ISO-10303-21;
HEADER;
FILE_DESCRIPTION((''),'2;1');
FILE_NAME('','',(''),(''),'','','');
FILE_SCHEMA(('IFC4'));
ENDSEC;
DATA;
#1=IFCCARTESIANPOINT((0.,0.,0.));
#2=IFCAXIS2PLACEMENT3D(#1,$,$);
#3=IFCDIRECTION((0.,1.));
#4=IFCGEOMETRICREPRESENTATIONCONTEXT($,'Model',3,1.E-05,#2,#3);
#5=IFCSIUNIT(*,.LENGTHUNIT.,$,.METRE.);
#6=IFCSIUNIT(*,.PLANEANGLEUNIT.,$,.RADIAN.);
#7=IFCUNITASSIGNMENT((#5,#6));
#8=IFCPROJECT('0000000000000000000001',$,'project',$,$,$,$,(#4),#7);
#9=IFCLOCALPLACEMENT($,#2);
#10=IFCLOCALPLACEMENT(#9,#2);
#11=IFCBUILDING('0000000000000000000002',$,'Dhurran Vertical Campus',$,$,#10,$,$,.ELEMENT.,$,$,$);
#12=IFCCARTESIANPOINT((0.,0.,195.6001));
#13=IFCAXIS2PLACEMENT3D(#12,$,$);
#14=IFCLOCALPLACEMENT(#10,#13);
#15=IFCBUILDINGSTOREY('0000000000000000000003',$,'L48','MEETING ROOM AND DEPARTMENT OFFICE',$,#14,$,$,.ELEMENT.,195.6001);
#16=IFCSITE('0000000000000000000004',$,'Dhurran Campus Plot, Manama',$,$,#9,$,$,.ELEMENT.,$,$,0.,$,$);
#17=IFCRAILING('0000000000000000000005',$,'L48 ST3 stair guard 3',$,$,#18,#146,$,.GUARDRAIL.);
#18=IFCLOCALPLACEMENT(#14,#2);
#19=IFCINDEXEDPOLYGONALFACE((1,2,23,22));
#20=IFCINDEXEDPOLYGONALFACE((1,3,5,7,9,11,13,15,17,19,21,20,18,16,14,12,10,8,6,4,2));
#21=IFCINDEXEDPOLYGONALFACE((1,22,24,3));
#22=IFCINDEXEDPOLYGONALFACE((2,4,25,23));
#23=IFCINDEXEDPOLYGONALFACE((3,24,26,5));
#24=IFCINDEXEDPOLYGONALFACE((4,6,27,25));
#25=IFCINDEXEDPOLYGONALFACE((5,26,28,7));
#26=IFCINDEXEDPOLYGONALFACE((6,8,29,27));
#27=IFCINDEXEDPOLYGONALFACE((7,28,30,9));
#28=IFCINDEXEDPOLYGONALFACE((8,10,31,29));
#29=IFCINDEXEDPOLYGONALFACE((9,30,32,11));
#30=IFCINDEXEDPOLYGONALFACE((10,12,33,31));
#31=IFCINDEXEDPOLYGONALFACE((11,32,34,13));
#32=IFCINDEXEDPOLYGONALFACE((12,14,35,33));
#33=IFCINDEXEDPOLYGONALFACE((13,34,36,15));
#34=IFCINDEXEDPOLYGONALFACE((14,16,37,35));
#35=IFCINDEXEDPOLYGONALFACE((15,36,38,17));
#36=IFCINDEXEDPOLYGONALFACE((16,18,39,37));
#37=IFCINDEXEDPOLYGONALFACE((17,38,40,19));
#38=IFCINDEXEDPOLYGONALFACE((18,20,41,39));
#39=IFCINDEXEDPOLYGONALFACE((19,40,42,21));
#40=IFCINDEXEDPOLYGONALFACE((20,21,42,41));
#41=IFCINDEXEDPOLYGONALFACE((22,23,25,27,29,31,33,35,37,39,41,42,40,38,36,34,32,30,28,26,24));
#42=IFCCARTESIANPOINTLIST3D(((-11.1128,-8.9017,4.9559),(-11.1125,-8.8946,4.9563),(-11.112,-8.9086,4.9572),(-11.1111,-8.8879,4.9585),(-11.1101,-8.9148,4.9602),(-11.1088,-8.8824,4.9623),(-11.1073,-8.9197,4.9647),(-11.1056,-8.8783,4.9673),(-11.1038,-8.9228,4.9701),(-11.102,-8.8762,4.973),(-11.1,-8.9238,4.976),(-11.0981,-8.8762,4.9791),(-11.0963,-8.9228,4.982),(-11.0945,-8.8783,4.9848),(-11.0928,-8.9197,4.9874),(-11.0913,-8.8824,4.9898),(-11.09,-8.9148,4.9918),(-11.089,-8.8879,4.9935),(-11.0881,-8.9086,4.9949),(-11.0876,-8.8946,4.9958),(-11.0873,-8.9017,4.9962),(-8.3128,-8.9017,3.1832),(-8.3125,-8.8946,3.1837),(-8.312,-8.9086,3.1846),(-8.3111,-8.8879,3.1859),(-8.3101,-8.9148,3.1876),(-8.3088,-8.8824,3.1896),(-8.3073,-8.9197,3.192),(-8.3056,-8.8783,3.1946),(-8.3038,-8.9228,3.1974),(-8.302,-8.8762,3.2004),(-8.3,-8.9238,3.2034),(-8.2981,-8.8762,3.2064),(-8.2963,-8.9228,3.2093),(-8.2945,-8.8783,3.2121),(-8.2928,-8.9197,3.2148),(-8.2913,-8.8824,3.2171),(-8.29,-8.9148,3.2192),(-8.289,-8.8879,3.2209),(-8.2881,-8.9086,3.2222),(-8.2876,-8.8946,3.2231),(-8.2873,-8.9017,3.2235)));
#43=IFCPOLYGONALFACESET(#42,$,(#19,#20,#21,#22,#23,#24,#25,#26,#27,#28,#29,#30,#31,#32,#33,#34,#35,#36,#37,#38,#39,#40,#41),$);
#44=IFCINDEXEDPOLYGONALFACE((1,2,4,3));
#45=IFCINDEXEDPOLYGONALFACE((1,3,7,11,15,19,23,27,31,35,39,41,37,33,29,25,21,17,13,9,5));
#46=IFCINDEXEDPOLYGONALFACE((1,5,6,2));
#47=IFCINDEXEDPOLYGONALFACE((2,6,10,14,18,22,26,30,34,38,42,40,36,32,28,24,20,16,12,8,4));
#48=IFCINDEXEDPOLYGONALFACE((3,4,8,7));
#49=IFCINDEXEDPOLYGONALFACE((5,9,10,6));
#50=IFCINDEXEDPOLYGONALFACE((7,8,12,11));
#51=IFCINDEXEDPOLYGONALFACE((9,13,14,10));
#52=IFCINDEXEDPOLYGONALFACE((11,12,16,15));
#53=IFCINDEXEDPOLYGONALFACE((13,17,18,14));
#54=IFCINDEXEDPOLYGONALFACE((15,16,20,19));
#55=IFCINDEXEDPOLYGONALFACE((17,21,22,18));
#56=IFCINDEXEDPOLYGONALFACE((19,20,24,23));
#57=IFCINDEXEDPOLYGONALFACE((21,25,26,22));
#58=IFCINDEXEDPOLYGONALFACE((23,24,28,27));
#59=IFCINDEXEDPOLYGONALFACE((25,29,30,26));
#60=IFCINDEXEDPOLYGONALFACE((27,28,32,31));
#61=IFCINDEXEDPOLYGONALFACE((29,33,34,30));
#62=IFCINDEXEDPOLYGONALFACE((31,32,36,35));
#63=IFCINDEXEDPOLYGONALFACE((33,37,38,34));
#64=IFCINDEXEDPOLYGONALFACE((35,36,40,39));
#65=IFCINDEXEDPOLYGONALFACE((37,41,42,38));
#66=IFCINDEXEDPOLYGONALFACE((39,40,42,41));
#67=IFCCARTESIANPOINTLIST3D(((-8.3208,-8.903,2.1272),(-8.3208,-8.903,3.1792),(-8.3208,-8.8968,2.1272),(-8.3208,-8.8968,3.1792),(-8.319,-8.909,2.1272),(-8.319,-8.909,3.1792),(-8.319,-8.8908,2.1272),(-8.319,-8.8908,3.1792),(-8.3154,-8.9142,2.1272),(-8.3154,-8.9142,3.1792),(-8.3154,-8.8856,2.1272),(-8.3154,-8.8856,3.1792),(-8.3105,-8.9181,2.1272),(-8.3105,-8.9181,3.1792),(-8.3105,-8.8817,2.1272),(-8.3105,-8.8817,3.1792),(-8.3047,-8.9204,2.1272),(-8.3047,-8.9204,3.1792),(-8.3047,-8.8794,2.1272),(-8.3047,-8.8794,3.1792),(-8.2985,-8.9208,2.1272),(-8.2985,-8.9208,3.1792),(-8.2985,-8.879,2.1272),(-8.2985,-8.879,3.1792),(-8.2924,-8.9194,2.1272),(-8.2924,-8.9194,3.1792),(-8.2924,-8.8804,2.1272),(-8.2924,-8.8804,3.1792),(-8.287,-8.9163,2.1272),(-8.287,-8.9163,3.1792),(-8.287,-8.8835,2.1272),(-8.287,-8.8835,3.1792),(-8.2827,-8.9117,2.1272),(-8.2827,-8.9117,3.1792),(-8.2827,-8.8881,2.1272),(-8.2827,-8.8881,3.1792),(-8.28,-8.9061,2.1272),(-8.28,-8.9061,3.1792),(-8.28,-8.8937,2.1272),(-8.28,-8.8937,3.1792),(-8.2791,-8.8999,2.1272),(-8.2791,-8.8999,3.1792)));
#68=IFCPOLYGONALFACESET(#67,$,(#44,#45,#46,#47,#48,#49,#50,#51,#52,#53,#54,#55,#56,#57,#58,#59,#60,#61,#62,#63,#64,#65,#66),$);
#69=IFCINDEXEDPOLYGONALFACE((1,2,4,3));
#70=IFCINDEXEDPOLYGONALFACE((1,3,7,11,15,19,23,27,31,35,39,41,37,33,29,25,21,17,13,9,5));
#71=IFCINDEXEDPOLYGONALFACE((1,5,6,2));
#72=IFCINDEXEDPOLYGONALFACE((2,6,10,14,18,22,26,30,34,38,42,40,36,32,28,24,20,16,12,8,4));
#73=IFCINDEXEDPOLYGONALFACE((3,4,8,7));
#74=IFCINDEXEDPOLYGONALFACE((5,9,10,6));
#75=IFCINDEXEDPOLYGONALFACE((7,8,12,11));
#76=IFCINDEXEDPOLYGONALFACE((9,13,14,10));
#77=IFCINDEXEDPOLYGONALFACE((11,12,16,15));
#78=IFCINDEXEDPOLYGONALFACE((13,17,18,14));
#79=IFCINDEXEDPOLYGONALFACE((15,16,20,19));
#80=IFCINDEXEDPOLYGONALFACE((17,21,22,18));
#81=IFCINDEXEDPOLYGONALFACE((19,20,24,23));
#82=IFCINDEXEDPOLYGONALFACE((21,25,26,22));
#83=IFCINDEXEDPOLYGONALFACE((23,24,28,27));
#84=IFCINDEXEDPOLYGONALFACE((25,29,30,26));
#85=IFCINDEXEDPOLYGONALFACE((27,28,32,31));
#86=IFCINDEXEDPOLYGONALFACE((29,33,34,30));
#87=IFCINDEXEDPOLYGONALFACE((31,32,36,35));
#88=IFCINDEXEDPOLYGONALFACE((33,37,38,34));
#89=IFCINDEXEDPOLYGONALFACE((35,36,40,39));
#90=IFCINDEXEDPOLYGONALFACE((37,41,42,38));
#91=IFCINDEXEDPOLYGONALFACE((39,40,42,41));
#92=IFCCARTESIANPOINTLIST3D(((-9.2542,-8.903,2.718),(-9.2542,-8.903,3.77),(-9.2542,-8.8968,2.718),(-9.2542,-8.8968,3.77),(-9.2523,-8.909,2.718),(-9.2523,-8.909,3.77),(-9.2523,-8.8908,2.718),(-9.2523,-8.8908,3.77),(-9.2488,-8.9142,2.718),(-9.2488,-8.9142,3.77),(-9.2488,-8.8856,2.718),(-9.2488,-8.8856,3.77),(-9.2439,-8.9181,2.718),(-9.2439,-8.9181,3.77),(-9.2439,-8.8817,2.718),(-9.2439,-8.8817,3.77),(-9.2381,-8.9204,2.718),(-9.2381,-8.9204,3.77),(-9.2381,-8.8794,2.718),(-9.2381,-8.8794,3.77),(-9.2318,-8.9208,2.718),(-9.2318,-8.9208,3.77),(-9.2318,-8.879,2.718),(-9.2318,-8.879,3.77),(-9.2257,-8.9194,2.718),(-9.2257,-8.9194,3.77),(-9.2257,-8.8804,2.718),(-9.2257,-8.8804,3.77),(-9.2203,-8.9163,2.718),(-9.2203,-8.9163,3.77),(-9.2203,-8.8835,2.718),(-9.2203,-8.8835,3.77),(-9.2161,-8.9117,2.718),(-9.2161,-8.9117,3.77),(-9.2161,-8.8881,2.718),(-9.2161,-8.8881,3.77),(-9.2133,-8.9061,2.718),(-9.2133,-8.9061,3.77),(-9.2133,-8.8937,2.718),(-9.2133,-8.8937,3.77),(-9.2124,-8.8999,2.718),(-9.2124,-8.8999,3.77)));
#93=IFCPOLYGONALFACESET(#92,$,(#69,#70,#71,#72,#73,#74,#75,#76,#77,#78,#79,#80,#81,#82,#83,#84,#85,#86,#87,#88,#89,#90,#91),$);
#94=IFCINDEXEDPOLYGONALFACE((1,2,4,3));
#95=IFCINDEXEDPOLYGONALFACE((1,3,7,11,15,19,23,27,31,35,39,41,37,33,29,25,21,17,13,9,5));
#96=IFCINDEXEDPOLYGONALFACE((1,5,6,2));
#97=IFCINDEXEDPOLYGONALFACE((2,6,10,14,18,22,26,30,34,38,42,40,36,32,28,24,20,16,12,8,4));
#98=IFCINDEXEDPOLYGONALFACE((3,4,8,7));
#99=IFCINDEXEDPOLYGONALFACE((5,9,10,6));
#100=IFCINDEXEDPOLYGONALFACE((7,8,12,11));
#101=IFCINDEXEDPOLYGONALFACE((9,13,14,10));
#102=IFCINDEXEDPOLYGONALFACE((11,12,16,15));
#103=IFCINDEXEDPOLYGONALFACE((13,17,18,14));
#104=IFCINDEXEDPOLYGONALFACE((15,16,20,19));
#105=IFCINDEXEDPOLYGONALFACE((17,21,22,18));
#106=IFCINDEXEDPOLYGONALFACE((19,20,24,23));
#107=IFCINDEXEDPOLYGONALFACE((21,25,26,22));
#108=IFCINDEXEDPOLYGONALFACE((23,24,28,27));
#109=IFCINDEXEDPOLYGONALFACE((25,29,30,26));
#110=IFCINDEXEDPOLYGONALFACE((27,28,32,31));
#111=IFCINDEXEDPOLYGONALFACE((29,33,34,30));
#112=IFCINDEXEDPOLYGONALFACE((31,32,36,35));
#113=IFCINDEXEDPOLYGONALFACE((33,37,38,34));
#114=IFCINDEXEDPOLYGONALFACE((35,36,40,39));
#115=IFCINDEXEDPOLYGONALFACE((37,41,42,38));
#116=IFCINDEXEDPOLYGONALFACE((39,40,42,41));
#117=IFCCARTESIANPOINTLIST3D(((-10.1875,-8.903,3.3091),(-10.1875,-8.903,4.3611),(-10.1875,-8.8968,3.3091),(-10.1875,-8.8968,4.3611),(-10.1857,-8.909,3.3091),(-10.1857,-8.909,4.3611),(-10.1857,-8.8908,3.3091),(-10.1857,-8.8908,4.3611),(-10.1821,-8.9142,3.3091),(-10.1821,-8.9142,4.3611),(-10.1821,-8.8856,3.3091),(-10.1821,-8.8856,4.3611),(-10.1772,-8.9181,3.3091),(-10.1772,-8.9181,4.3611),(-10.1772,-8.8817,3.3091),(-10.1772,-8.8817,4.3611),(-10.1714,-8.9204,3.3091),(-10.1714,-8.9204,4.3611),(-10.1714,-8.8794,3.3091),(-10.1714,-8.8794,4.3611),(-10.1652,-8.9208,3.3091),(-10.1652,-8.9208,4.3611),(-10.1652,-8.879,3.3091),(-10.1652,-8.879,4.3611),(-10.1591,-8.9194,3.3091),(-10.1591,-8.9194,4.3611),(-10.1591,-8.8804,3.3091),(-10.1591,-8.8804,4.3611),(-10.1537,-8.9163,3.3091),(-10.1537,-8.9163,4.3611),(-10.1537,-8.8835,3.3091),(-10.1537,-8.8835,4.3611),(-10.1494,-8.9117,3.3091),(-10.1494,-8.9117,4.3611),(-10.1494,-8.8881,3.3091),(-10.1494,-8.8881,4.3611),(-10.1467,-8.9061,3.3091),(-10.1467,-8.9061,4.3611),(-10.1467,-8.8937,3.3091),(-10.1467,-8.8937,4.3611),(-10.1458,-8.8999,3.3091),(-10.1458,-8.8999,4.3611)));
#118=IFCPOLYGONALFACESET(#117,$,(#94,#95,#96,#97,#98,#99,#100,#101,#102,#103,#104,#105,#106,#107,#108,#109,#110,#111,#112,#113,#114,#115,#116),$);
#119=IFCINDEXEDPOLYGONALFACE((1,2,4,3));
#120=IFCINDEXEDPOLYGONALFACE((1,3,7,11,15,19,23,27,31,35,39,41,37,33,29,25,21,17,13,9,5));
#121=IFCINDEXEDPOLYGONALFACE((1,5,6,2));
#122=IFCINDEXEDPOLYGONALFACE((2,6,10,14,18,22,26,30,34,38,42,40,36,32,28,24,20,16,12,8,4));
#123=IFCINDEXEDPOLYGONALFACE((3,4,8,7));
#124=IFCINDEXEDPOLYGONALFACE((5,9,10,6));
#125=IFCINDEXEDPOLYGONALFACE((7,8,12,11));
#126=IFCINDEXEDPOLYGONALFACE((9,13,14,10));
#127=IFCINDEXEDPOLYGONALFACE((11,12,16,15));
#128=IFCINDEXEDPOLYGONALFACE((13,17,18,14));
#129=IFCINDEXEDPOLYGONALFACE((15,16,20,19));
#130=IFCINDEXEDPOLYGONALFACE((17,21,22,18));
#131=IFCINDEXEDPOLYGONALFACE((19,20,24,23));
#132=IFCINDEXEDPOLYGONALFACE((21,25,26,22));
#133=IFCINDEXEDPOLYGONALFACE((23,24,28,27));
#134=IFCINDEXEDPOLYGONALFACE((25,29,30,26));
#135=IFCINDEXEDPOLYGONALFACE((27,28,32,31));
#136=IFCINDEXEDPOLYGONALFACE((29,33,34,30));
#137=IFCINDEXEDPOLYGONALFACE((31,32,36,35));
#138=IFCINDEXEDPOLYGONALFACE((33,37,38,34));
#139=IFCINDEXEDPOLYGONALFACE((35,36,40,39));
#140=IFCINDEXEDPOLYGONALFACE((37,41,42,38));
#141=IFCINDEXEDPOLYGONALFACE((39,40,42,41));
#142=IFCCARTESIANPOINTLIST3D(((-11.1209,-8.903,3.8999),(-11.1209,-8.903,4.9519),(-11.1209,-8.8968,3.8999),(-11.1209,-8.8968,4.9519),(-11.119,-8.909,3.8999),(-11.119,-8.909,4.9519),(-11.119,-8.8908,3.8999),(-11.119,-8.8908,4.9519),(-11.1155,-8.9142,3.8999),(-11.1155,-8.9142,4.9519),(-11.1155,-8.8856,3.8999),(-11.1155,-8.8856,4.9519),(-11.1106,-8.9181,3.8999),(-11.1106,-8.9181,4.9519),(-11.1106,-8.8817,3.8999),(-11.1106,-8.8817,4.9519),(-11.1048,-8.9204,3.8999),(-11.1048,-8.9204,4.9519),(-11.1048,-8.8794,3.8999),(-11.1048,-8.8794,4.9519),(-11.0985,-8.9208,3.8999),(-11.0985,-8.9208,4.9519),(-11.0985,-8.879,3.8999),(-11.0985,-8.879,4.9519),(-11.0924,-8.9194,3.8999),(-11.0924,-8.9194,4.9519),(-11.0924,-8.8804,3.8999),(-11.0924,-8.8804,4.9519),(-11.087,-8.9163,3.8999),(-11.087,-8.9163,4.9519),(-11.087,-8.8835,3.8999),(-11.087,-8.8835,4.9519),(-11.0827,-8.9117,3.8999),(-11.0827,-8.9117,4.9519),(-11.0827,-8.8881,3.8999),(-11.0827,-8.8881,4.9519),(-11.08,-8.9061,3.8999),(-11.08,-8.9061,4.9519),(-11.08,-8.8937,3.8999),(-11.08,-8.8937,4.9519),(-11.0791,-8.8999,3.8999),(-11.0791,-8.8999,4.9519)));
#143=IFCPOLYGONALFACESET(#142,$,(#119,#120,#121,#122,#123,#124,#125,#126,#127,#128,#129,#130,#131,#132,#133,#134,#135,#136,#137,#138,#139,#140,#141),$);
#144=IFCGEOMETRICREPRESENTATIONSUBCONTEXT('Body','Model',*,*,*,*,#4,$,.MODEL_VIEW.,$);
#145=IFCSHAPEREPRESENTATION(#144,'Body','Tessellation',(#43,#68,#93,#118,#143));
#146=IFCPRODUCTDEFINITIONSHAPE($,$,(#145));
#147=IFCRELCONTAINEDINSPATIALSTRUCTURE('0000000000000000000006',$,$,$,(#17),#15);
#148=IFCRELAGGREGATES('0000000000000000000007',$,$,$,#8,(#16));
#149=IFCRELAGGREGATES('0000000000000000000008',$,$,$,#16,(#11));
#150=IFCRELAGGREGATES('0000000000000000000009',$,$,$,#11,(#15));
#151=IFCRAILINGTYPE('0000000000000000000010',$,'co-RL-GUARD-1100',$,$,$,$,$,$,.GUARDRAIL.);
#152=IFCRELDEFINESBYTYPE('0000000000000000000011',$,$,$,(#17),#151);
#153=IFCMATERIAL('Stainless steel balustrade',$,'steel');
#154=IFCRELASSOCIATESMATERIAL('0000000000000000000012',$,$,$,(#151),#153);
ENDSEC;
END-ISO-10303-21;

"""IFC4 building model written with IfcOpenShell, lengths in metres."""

from ifc_helpers import new_model, si_unit, direction, frame, origin, origin_2d, place, context, subcontext, project, spatial, circle, extrude, material, type_object, element, save


model = new_model("IFC4")

# Units and contexts
model_context = context("Model", 3, precision=1e-05, world=origin(), true_north=direction((0.0, 1.0)))
body_context = subcontext(model_context, "Body", "Model", "MODEL_VIEW")
ifc_project = project(units=[si_unit("LENGTHUNIT", "METRE"), si_unit("PLANEANGLEUNIT", "RADIAN")], contexts=[model_context])

# Site, building, storey
site_placement = place(None, origin())
site = spatial("IfcSite", under=ifc_project, at=site_placement, Name="Dhurran Campus Plot, Manama", CompositionType="ELEMENT", RefElevation=0.0)
building_placement = place(site_placement, origin())
building = spatial("IfcBuilding", under=site, at=building_placement, Name="Dhurran Vertical Campus", CompositionType="ELEMENT")
storey_placement = place(building_placement, frame((0.0, 0.0, 195.6001)))
storey = spatial("IfcBuildingStorey", under=building, at=storey_placement, Name="L48", Description="MEETING ROOM AND DEPARTMENT OFFICE", CompositionType="ELEMENT", Elevation=195.6001)

# Railing
ifc_material_1 = material(Name="Stainless steel balustrade", Category="steel")
railing_type_1 = type_object("IfcRailingType", Name="co-RL-GUARD-1100", PredefinedType="GUARDRAIL", material=ifc_material_1)
railing_1_placement = place(storey_placement, frame((-8.3, -8.8999, 2.1272)))
element("IfcRailing", 1, at=railing_1_placement, inside=storey, type_object=railing_type_1, Name="L48 ST3 stair guard 3", PredefinedType="GUARDRAIL", context=body_context, shape_type="SweptSolid", body=[
    extrude(circle(Radius=0.0239, at=origin_2d()), frame((0.0, 0.0, 1.0762), z_axis=(-0.844909, 0.0, 0.53491), x_axis=(0.0, -1.0, 0.0)), (0.0, 0.0, 1.0), 3.314),
    extrude(circle(Radius=0.021, at=origin_2d()), origin(), (0.0, 0.0, 1.0), 1.052),
    extrude(circle(Radius=0.021, at=origin_2d()), frame((-0.9333, 0.0, 0.5908)), (0.0, 0.0, 1.0), 1.052),
    extrude(circle(Radius=0.021, at=origin_2d()), frame((-1.8667, 0.0, 1.1819)), (0.0, 0.0, 1.0), 1.052),
    extrude(circle(Radius=0.021, at=origin_2d()), frame((-2.8, 0.0, 1.7727)), (0.0, 0.0, 1.0), 1.052),
])

save(model, "model.ifc")
